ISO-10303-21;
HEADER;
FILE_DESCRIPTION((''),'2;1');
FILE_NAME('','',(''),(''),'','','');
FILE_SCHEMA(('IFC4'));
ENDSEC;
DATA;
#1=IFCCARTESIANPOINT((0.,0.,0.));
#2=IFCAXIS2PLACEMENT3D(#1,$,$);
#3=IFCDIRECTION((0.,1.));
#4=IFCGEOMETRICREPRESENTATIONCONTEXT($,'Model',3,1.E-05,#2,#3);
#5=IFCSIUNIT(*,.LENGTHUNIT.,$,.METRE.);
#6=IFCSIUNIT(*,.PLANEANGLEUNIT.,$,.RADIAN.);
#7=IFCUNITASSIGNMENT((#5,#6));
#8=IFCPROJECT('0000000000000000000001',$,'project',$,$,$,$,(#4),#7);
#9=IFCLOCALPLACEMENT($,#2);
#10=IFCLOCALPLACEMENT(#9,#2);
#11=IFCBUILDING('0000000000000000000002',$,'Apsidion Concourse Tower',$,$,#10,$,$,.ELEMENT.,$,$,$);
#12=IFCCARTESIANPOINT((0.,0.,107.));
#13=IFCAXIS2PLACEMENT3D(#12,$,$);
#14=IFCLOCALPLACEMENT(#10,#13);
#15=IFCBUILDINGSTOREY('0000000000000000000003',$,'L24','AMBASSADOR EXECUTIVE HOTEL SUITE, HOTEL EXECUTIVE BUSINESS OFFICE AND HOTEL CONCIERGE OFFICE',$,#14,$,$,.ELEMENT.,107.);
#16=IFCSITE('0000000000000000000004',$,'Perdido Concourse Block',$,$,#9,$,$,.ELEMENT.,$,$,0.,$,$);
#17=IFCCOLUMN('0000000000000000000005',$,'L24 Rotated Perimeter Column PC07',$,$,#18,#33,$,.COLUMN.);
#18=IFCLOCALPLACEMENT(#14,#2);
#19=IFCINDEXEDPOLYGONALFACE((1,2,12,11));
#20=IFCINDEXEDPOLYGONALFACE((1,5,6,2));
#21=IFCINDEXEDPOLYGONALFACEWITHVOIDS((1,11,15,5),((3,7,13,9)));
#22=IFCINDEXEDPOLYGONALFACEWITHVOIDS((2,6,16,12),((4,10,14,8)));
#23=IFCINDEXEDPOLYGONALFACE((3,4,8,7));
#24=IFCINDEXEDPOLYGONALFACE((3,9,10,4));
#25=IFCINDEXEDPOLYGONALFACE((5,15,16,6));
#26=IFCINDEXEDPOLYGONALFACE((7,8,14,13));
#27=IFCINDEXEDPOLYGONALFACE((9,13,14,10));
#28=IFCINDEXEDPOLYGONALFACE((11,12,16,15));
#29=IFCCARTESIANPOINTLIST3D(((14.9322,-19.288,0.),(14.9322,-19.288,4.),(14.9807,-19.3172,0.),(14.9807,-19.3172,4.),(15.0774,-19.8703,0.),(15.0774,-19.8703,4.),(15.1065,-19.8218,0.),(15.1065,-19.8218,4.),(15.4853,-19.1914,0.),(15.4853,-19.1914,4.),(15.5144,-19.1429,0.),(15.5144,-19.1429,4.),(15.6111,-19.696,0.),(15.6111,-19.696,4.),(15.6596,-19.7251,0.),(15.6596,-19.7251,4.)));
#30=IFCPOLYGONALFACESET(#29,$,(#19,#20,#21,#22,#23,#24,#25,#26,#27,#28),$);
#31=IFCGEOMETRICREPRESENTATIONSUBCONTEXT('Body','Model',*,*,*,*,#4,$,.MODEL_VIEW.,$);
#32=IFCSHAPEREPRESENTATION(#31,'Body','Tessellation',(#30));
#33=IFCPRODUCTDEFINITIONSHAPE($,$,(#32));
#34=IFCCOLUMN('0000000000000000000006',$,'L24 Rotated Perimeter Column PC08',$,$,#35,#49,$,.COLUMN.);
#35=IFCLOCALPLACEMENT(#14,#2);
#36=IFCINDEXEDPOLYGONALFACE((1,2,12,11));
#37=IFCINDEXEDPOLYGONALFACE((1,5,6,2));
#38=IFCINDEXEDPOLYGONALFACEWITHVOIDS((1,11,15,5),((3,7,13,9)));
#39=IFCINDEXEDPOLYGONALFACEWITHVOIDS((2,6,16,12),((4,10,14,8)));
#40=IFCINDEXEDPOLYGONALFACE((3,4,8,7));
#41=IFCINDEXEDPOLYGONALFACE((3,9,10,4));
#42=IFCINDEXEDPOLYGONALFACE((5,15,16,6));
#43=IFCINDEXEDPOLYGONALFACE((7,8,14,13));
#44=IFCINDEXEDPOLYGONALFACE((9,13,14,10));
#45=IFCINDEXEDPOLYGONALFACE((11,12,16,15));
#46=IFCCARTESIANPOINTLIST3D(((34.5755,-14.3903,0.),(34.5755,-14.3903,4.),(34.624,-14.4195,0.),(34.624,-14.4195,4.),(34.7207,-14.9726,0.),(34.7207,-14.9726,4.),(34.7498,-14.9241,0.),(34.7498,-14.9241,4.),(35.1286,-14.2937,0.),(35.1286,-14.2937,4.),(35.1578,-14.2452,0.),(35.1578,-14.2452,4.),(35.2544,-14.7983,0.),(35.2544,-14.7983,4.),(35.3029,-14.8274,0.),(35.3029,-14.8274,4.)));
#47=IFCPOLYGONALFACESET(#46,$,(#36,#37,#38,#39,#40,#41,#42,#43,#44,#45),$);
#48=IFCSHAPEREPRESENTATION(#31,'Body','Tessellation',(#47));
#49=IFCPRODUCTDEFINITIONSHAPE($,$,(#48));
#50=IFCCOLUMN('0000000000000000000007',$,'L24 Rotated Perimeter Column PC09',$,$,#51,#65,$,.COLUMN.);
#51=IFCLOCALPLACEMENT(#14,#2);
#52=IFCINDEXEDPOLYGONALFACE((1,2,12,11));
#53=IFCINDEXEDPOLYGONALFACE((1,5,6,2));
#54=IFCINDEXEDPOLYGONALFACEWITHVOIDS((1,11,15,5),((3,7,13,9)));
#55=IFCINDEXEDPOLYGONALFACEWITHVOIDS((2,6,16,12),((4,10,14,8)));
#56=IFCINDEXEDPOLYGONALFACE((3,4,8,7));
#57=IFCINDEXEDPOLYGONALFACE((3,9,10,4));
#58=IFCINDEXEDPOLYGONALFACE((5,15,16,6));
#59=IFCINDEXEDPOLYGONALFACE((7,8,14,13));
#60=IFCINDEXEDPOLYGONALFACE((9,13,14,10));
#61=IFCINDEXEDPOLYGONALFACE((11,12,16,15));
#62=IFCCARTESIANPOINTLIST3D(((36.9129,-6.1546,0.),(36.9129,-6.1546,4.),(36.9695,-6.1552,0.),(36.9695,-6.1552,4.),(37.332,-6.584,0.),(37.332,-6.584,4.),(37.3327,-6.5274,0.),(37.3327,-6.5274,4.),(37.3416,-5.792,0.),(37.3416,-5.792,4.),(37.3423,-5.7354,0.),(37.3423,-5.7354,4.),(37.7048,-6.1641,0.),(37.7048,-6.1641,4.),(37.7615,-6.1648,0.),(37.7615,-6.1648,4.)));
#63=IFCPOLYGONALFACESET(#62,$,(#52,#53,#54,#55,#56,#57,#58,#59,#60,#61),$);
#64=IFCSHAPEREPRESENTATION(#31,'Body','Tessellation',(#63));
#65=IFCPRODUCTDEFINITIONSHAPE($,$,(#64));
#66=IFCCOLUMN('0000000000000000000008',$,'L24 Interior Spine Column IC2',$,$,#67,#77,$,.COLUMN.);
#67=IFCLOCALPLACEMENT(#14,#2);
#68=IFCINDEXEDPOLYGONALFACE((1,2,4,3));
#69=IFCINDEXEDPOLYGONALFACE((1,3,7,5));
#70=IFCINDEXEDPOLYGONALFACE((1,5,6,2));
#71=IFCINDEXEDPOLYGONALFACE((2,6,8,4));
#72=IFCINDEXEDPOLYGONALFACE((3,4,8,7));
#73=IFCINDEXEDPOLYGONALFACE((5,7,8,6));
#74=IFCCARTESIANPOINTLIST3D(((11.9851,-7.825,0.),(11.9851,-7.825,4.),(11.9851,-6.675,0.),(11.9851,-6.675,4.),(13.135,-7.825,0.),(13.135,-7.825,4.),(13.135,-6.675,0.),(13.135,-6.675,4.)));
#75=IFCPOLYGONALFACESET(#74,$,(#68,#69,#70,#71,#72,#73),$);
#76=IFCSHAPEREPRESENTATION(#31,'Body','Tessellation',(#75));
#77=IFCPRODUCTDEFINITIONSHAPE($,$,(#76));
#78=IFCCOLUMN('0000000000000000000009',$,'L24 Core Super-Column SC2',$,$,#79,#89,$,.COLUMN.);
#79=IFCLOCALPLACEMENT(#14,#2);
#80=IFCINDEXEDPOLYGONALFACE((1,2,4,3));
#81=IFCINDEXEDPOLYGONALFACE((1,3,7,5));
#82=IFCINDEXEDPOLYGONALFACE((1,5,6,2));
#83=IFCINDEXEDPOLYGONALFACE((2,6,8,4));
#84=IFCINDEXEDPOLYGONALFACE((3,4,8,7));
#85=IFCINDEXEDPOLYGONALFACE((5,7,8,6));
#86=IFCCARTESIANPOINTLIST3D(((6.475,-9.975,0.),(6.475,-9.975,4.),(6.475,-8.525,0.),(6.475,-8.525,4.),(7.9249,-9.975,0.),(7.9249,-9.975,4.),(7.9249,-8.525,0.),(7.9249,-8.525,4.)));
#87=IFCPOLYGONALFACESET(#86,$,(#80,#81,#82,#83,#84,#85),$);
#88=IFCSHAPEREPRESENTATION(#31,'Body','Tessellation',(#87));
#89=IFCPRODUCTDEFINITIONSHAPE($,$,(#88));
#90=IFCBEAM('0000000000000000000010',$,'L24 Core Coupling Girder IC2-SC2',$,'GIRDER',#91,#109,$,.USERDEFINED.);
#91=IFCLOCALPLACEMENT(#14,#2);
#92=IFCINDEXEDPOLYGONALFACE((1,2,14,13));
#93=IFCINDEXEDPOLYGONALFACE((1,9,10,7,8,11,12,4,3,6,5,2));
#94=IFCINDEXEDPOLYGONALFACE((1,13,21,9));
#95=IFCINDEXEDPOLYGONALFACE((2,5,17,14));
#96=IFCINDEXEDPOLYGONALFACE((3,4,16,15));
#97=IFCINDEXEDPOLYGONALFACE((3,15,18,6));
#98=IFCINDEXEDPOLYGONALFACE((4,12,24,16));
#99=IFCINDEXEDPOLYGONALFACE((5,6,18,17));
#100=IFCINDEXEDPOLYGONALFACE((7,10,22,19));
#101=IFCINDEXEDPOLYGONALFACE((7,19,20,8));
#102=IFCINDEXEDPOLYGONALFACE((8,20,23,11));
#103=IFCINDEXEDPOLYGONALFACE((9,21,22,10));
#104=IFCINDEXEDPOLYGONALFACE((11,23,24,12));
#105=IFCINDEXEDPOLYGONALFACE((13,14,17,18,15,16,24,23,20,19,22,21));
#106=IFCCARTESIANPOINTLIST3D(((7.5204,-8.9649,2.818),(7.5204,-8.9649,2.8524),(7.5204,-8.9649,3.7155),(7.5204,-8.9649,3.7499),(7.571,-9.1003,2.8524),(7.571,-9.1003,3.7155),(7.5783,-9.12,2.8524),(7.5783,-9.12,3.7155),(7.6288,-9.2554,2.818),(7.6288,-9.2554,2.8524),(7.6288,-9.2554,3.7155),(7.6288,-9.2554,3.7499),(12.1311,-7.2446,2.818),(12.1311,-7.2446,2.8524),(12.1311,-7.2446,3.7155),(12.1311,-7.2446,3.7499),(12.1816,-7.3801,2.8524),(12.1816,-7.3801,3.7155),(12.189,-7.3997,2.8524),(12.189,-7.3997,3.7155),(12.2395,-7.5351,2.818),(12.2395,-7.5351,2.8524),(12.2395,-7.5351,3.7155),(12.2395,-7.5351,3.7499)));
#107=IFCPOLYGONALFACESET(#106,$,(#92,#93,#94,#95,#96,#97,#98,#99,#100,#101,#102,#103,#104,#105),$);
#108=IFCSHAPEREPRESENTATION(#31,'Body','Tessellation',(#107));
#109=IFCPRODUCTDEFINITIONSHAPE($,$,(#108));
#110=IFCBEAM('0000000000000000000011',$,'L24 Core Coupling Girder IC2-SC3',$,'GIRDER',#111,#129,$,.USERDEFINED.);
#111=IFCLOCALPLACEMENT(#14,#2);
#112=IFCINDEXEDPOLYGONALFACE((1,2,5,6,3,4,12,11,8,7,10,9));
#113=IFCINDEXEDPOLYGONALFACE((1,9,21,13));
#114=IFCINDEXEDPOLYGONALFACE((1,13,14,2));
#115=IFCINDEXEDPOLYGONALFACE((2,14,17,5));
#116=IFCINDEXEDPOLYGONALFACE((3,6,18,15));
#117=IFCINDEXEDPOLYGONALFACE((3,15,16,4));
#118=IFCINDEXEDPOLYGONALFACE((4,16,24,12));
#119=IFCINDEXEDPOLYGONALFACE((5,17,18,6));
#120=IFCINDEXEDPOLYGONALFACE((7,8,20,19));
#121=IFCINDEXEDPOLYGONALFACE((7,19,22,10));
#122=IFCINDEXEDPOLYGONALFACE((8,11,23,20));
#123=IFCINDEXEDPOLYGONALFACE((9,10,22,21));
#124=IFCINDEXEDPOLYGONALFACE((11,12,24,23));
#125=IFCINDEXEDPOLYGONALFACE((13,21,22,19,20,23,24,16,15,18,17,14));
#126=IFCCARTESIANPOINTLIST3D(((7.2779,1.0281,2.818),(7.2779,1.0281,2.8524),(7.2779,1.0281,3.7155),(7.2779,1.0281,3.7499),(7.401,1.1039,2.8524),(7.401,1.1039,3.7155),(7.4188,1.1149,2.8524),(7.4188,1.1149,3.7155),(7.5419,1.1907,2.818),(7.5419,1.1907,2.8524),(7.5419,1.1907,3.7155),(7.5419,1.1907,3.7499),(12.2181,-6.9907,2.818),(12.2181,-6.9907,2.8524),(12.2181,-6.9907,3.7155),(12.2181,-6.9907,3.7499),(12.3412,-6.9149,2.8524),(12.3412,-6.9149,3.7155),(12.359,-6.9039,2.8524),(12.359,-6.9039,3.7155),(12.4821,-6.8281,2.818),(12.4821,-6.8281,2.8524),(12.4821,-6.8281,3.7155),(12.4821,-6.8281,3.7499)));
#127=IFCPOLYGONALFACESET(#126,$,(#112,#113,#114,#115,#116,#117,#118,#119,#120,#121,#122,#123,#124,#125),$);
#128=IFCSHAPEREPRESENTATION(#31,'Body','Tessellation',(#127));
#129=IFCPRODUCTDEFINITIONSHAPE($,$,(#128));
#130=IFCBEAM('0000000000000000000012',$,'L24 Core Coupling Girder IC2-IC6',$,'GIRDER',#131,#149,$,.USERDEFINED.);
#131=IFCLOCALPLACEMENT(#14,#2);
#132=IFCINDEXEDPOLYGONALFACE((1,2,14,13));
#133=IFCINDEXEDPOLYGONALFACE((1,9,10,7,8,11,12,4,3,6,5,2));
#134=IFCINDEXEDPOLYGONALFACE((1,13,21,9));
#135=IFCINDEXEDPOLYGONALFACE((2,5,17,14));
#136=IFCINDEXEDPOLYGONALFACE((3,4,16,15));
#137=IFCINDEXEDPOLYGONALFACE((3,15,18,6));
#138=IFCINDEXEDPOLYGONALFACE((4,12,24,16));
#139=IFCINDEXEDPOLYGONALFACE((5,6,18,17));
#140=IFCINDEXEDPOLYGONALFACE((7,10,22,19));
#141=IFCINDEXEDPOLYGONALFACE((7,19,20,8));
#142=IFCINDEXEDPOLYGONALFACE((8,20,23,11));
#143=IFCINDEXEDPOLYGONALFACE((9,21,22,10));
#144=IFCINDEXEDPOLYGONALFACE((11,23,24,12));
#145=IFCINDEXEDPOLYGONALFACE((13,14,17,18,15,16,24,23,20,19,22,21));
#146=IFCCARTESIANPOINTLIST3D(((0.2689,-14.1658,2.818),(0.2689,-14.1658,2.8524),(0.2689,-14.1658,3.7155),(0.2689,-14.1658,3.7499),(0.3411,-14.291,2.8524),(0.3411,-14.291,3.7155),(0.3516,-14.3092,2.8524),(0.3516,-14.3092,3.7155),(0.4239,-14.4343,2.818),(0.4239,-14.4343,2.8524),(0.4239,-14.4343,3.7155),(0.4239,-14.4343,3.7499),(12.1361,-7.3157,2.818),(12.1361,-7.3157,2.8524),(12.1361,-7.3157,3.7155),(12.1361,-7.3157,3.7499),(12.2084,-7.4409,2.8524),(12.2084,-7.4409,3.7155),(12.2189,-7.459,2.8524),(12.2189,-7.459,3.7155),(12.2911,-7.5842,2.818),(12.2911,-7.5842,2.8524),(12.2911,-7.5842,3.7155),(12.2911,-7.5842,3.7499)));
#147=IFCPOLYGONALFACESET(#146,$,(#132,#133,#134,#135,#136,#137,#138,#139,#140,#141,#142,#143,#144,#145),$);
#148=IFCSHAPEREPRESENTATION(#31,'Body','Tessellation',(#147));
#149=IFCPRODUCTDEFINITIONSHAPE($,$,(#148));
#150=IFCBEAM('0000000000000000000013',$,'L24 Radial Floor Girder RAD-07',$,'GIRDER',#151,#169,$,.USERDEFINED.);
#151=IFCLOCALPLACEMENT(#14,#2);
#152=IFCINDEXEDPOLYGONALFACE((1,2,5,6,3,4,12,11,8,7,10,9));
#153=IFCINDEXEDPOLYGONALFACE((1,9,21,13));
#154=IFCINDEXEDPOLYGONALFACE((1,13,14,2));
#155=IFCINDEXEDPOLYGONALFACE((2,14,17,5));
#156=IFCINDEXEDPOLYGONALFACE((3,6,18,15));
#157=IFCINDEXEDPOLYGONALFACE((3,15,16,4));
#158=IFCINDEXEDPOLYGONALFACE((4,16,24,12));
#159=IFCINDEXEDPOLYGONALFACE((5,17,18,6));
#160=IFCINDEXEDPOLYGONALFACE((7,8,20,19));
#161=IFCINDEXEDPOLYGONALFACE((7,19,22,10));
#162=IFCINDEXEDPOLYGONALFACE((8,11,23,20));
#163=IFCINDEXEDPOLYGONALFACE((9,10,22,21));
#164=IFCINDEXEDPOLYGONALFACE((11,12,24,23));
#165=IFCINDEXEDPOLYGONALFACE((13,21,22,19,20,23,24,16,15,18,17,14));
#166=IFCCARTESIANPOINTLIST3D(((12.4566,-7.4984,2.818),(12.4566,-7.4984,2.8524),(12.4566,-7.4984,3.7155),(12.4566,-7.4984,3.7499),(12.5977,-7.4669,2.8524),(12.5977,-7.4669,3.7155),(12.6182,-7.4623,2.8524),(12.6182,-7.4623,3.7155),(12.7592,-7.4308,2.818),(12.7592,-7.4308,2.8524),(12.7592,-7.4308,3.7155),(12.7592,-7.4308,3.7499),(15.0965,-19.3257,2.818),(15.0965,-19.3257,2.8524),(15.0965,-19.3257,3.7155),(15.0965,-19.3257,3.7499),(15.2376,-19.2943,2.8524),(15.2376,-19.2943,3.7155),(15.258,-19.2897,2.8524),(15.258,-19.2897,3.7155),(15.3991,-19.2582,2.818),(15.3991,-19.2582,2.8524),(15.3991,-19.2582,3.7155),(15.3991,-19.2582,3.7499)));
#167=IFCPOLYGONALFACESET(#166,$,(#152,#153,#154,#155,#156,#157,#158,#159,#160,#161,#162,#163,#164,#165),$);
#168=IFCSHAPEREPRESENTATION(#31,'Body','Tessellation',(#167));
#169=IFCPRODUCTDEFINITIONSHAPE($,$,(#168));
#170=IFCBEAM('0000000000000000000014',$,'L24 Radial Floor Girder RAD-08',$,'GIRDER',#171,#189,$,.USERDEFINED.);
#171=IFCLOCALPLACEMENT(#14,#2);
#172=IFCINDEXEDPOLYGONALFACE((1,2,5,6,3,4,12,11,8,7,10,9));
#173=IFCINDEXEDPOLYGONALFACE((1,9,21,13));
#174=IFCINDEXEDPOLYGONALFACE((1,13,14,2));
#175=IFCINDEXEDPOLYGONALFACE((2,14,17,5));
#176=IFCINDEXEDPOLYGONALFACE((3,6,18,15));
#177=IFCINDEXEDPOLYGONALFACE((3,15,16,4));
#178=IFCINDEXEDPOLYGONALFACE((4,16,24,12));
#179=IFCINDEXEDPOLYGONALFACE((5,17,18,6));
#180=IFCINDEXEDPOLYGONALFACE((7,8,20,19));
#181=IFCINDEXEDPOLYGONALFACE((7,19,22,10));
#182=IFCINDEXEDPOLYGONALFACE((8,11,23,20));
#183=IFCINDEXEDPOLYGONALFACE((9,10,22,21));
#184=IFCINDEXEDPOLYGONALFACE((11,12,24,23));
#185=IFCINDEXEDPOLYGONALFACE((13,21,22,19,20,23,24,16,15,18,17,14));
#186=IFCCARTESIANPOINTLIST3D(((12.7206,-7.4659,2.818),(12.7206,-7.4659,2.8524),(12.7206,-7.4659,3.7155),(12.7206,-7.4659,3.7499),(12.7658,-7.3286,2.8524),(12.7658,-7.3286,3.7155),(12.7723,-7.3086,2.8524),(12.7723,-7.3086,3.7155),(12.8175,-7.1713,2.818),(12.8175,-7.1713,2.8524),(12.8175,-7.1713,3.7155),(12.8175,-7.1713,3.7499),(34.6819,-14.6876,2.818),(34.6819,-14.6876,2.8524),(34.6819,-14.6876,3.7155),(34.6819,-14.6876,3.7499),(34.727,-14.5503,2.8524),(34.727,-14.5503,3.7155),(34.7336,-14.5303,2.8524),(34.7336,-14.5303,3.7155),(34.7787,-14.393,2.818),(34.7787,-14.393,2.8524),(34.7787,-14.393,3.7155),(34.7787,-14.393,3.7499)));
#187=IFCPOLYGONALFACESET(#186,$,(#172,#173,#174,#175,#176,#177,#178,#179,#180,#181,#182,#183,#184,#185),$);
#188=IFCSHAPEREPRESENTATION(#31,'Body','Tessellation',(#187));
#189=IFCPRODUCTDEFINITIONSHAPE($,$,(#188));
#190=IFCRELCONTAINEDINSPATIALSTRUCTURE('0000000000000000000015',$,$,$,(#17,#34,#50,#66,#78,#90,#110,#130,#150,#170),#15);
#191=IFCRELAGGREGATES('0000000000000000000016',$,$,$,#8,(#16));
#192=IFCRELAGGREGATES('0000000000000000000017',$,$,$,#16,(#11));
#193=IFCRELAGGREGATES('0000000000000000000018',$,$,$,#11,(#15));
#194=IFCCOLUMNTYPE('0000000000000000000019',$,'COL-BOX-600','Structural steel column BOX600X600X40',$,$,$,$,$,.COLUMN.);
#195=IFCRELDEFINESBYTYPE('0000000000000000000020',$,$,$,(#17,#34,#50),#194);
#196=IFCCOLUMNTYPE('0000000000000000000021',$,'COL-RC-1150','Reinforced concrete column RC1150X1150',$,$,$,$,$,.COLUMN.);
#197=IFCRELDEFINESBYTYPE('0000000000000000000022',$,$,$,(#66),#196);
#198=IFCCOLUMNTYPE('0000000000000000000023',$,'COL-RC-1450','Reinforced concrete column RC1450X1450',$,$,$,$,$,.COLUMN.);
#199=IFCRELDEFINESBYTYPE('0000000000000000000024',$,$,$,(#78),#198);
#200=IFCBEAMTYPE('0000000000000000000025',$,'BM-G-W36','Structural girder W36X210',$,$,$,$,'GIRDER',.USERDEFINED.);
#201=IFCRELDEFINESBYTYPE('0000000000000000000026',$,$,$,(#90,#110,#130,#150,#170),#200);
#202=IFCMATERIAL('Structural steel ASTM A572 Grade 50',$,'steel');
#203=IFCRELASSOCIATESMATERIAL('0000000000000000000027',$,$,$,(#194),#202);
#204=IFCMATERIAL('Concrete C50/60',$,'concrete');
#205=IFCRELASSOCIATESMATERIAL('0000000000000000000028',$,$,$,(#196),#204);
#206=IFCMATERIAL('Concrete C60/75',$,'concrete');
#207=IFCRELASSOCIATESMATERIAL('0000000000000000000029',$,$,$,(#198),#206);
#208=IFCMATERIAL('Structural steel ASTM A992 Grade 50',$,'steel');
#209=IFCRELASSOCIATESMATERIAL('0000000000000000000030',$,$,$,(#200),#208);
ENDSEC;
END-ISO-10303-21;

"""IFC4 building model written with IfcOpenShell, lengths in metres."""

from ifc_helpers import new_model, si_unit, direction, frame, origin, origin_2d, place, context, subcontext, project, spatial, rectangle, hollow_rectangle, i_section, extrude, material, material_profile, profile_set, type_object, element, save


model = new_model("IFC4")

# Units and contexts
model_context = context("Model", 3, precision=1e-05, world=origin(), true_north=direction((0.0, 1.0)))
body_context = subcontext(model_context, "Body", "Model", "MODEL_VIEW")
ifc_project = project(units=[si_unit("LENGTHUNIT", "METRE"), si_unit("PLANEANGLEUNIT", "RADIAN")], contexts=[model_context])

# Site, building, storey
site_placement = place(None, origin())
site = spatial("IfcSite", under=ifc_project, at=site_placement, Name="Perdido Concourse Block", CompositionType="ELEMENT", RefElevation=0.0)
building_placement = place(site_placement, origin())
building = spatial("IfcBuilding", under=site, at=building_placement, Name="Apsidion Concourse Tower", CompositionType="ELEMENT")
storey_placement = place(building_placement, frame((0.0, 0.0, 107.0)))
storey = spatial("IfcBuildingStorey", under=building, at=storey_placement, Name="L24", Description="AMBASSADOR EXECUTIVE HOTEL SUITE, HOTEL EXECUTIVE BUSINESS OFFICE AND HOTEL CONCIERGE OFFICE", CompositionType="ELEMENT", Elevation=107.0)

# Columns
ifc_material_1 = material(Name="Structural steel ASTM A572 Grade 50", Category="steel")
ifc_material_profile_1 = material_profile(ifc_material_1, hollow_rectangle(XDim=0.6001, YDim=0.6001, WallThickness=0.04, at=origin_2d()), Name="BOX600X600X40")
ifc_profile_set_1 = profile_set([ifc_material_profile_1], Name="Structural steel ASTM A572 Grade 50")
column_type_1 = type_object("IfcColumnType", Name="COL-BOX-600", Description="Structural steel column BOX600X600X40", PredefinedType="COLUMN", material=ifc_profile_set_1)
for number, where, z_axis, x_axis, name in (
    (1, (15.2959, -19.5066, 0.0), (0.0, 0.0, 1.0), (0.970296, 0.241922, 0.0), "L24 Rotated Perimeter Column PC07"),
    (2, (34.9392, -14.6089, 0.0), (0.0, 0.0, 1.0), (0.970296, 0.241922, 0.0), "L24 Rotated Perimeter Column PC08"),
    (3, (37.3372, -6.1597, 0.0), (0.0, 0.0, 1.0), (-0.69854, 0.715571, 0.0), "L24 Rotated Perimeter Column PC09"),
):
    element("IfcColumn", number, at=place(storey_placement, frame(where, z_axis=z_axis, x_axis=x_axis)), inside=storey, type_object=column_type_1, Name=name, PredefinedType="COLUMN", context=body_context, shape_type="SweptSolid", body=[
        extrude(hollow_rectangle(XDim=0.6001, YDim=0.6001, WallThickness=0.04, at=origin_2d()), origin(), (0.0, 0.0, 1.0), 4.0),
    ])
ifc_material_2 = material(Name="Concrete C50/60", Category="concrete")
ifc_material_profile_2 = material_profile(ifc_material_2, rectangle(XDim=1.1499, YDim=1.1499, at=origin_2d()), Name="RC 1150x1150")
ifc_profile_set_2 = profile_set([ifc_material_profile_2], Name="Concrete C50/60")
column_type_2 = type_object("IfcColumnType", Name="COL-RC-1150", Description="Reinforced concrete column RC1150X1150", PredefinedType="COLUMN", material=ifc_profile_set_2)
column_1_placement = place(storey_placement, frame((12.5601, -7.25, 0.0), z_axis=(0.0, 0.0, 1.0), x_axis=(1.0, 0.0, 0.0)))
element("IfcColumn", 4, at=column_1_placement, inside=storey, type_object=column_type_2, Name="L24 Interior Spine Column IC2", PredefinedType="COLUMN", context=body_context, shape_type="SweptSolid", body=[
    extrude(rectangle(XDim=1.1499, YDim=1.1499, at=origin_2d()), origin(), (0.0, 0.0, 1.0), 4.0),
])
ifc_material_3 = material(Name="Concrete C60/75", Category="concrete")
ifc_material_profile_3 = material_profile(ifc_material_3, rectangle(XDim=1.45, YDim=1.45, at=origin_2d()), Name="RC 1450x1450")
ifc_profile_set_3 = profile_set([ifc_material_profile_3], Name="Concrete C60/75")
column_type_3 = type_object("IfcColumnType", Name="COL-RC-1450", Description="Reinforced concrete column RC1450X1450", PredefinedType="COLUMN", material=ifc_profile_set_3)
column_2_placement = place(storey_placement, frame((7.2, -9.25, 0.0), z_axis=(0.0, 0.0, 1.0), x_axis=(1.0, 0.0, 0.0)))
element("IfcColumn", 5, at=column_2_placement, inside=storey, type_object=column_type_3, Name="L24 Core Super-Column SC2", PredefinedType="COLUMN", context=body_context, shape_type="SweptSolid", body=[
    extrude(rectangle(XDim=1.45, YDim=1.45, at=origin_2d()), origin(), (0.0, 0.0, 1.0), 4.0),
])

# Beams
ifc_material_4 = material(Name="Structural steel ASTM A992 Grade 50", Category="steel")
ifc_material_profile_4 = material_profile(ifc_material_4, i_section(OverallWidth=0.3101, OverallDepth=0.9319, WebThickness=0.021, FlangeThickness=0.0344, at=origin_2d()), Name="W36X210")
ifc_profile_set_4 = profile_set([ifc_material_profile_4], Name="Structural steel ASTM A992 Grade 50")
beam_type_1 = type_object("IfcBeamType", Name="BM-G-W36", Description="Structural girder W36X210", ElementType="GIRDER", PredefinedType="USERDEFINED", material=ifc_profile_set_4)
beam_1_placement = place(storey_placement, frame((12.1853, -7.3899, 3.2839), z_axis=(-0.936913, -0.349563, 0.0), x_axis=(0.349563, -0.936913, 0.0)))
element("IfcBeam", 6, at=beam_1_placement, inside=storey, type_object=beam_type_1, Name="L24 Core Coupling Girder IC2-SC2", ObjectType="GIRDER", PredefinedType="USERDEFINED", context=body_context, shape_type="SweptSolid", body=[
    extrude(i_section(OverallWidth=0.3101, OverallDepth=0.9319, WebThickness=0.021, FlangeThickness=0.0344, at=origin_2d()), origin(), (0.0, 0.0, 1.0), 4.9211),
])
beam_2_placement = place(storey_placement, frame((12.3501, -6.9094, 3.2839), z_axis=(-0.524524, 0.851396, 0.0), x_axis=(-0.851396, -0.524524, 0.0)))
element("IfcBeam", 7, at=beam_2_placement, inside=storey, type_object=beam_type_1, Name="L24 Core Coupling Girder IC2-SC3", ObjectType="GIRDER", PredefinedType="USERDEFINED", context=body_context, shape_type="SweptSolid", body=[
    extrude(i_section(OverallWidth=0.3101, OverallDepth=0.9319, WebThickness=0.021, FlangeThickness=0.0344, at=origin_2d()), origin(), (0.0, 0.0, 1.0), 9.4185),
])
beam_3_placement = place(storey_placement, frame((12.2136, -7.45, 3.2839), z_axis=(-0.86607, -0.499922, 0.0), x_axis=(0.499922, -0.86607, 0.0)))
element("IfcBeam", 8, at=beam_3_placement, inside=storey, type_object=beam_type_1, Name="L24 Core Coupling Girder IC2-IC6", ObjectType="GIRDER", PredefinedType="USERDEFINED", context=body_context, shape_type="SweptSolid", body=[
    extrude(i_section(OverallWidth=0.3101, OverallDepth=0.9319, WebThickness=0.021, FlangeThickness=0.0344, at=origin_2d()), origin(), (0.0, 0.0, 1.0), 13.7024),
])
beam_4_placement = place(storey_placement, frame((12.6079, -7.4646, 3.2839), z_axis=(0.217841, -0.975984, 0.0), x_axis=(0.975984, 0.217841, 0.0)))
element("IfcBeam", 9, at=beam_4_placement, inside=storey, type_object=beam_type_1, Name="L24 Radial Floor Girder RAD-07", ObjectType="GIRDER", PredefinedType="USERDEFINED", context=body_context, shape_type="SweptSolid", body=[
    extrude(i_section(OverallWidth=0.3101, OverallDepth=0.9319, WebThickness=0.021, FlangeThickness=0.0344, at=origin_2d()), origin(), (0.0, 0.0, 1.0), 12.1184),
])
beam_5_placement = place(storey_placement, frame((12.769, -7.3186, 3.2839), z_axis=(0.949957, -0.312382, 0.0), x_axis=(0.312382, 0.949957, 0.0)))
element("IfcBeam", 10, at=beam_5_placement, inside=storey, type_object=beam_type_1, Name="L24 Radial Floor Girder RAD-08", ObjectType="GIRDER", PredefinedType="USERDEFINED", context=body_context, shape_type="SweptSolid", body=[
    extrude(i_section(OverallWidth=0.3101, OverallDepth=0.9319, WebThickness=0.021, FlangeThickness=0.0344, at=origin_2d()), origin(), (0.0, 0.0, 1.0), 23.1182),
])

save(model, "model.ifc")
